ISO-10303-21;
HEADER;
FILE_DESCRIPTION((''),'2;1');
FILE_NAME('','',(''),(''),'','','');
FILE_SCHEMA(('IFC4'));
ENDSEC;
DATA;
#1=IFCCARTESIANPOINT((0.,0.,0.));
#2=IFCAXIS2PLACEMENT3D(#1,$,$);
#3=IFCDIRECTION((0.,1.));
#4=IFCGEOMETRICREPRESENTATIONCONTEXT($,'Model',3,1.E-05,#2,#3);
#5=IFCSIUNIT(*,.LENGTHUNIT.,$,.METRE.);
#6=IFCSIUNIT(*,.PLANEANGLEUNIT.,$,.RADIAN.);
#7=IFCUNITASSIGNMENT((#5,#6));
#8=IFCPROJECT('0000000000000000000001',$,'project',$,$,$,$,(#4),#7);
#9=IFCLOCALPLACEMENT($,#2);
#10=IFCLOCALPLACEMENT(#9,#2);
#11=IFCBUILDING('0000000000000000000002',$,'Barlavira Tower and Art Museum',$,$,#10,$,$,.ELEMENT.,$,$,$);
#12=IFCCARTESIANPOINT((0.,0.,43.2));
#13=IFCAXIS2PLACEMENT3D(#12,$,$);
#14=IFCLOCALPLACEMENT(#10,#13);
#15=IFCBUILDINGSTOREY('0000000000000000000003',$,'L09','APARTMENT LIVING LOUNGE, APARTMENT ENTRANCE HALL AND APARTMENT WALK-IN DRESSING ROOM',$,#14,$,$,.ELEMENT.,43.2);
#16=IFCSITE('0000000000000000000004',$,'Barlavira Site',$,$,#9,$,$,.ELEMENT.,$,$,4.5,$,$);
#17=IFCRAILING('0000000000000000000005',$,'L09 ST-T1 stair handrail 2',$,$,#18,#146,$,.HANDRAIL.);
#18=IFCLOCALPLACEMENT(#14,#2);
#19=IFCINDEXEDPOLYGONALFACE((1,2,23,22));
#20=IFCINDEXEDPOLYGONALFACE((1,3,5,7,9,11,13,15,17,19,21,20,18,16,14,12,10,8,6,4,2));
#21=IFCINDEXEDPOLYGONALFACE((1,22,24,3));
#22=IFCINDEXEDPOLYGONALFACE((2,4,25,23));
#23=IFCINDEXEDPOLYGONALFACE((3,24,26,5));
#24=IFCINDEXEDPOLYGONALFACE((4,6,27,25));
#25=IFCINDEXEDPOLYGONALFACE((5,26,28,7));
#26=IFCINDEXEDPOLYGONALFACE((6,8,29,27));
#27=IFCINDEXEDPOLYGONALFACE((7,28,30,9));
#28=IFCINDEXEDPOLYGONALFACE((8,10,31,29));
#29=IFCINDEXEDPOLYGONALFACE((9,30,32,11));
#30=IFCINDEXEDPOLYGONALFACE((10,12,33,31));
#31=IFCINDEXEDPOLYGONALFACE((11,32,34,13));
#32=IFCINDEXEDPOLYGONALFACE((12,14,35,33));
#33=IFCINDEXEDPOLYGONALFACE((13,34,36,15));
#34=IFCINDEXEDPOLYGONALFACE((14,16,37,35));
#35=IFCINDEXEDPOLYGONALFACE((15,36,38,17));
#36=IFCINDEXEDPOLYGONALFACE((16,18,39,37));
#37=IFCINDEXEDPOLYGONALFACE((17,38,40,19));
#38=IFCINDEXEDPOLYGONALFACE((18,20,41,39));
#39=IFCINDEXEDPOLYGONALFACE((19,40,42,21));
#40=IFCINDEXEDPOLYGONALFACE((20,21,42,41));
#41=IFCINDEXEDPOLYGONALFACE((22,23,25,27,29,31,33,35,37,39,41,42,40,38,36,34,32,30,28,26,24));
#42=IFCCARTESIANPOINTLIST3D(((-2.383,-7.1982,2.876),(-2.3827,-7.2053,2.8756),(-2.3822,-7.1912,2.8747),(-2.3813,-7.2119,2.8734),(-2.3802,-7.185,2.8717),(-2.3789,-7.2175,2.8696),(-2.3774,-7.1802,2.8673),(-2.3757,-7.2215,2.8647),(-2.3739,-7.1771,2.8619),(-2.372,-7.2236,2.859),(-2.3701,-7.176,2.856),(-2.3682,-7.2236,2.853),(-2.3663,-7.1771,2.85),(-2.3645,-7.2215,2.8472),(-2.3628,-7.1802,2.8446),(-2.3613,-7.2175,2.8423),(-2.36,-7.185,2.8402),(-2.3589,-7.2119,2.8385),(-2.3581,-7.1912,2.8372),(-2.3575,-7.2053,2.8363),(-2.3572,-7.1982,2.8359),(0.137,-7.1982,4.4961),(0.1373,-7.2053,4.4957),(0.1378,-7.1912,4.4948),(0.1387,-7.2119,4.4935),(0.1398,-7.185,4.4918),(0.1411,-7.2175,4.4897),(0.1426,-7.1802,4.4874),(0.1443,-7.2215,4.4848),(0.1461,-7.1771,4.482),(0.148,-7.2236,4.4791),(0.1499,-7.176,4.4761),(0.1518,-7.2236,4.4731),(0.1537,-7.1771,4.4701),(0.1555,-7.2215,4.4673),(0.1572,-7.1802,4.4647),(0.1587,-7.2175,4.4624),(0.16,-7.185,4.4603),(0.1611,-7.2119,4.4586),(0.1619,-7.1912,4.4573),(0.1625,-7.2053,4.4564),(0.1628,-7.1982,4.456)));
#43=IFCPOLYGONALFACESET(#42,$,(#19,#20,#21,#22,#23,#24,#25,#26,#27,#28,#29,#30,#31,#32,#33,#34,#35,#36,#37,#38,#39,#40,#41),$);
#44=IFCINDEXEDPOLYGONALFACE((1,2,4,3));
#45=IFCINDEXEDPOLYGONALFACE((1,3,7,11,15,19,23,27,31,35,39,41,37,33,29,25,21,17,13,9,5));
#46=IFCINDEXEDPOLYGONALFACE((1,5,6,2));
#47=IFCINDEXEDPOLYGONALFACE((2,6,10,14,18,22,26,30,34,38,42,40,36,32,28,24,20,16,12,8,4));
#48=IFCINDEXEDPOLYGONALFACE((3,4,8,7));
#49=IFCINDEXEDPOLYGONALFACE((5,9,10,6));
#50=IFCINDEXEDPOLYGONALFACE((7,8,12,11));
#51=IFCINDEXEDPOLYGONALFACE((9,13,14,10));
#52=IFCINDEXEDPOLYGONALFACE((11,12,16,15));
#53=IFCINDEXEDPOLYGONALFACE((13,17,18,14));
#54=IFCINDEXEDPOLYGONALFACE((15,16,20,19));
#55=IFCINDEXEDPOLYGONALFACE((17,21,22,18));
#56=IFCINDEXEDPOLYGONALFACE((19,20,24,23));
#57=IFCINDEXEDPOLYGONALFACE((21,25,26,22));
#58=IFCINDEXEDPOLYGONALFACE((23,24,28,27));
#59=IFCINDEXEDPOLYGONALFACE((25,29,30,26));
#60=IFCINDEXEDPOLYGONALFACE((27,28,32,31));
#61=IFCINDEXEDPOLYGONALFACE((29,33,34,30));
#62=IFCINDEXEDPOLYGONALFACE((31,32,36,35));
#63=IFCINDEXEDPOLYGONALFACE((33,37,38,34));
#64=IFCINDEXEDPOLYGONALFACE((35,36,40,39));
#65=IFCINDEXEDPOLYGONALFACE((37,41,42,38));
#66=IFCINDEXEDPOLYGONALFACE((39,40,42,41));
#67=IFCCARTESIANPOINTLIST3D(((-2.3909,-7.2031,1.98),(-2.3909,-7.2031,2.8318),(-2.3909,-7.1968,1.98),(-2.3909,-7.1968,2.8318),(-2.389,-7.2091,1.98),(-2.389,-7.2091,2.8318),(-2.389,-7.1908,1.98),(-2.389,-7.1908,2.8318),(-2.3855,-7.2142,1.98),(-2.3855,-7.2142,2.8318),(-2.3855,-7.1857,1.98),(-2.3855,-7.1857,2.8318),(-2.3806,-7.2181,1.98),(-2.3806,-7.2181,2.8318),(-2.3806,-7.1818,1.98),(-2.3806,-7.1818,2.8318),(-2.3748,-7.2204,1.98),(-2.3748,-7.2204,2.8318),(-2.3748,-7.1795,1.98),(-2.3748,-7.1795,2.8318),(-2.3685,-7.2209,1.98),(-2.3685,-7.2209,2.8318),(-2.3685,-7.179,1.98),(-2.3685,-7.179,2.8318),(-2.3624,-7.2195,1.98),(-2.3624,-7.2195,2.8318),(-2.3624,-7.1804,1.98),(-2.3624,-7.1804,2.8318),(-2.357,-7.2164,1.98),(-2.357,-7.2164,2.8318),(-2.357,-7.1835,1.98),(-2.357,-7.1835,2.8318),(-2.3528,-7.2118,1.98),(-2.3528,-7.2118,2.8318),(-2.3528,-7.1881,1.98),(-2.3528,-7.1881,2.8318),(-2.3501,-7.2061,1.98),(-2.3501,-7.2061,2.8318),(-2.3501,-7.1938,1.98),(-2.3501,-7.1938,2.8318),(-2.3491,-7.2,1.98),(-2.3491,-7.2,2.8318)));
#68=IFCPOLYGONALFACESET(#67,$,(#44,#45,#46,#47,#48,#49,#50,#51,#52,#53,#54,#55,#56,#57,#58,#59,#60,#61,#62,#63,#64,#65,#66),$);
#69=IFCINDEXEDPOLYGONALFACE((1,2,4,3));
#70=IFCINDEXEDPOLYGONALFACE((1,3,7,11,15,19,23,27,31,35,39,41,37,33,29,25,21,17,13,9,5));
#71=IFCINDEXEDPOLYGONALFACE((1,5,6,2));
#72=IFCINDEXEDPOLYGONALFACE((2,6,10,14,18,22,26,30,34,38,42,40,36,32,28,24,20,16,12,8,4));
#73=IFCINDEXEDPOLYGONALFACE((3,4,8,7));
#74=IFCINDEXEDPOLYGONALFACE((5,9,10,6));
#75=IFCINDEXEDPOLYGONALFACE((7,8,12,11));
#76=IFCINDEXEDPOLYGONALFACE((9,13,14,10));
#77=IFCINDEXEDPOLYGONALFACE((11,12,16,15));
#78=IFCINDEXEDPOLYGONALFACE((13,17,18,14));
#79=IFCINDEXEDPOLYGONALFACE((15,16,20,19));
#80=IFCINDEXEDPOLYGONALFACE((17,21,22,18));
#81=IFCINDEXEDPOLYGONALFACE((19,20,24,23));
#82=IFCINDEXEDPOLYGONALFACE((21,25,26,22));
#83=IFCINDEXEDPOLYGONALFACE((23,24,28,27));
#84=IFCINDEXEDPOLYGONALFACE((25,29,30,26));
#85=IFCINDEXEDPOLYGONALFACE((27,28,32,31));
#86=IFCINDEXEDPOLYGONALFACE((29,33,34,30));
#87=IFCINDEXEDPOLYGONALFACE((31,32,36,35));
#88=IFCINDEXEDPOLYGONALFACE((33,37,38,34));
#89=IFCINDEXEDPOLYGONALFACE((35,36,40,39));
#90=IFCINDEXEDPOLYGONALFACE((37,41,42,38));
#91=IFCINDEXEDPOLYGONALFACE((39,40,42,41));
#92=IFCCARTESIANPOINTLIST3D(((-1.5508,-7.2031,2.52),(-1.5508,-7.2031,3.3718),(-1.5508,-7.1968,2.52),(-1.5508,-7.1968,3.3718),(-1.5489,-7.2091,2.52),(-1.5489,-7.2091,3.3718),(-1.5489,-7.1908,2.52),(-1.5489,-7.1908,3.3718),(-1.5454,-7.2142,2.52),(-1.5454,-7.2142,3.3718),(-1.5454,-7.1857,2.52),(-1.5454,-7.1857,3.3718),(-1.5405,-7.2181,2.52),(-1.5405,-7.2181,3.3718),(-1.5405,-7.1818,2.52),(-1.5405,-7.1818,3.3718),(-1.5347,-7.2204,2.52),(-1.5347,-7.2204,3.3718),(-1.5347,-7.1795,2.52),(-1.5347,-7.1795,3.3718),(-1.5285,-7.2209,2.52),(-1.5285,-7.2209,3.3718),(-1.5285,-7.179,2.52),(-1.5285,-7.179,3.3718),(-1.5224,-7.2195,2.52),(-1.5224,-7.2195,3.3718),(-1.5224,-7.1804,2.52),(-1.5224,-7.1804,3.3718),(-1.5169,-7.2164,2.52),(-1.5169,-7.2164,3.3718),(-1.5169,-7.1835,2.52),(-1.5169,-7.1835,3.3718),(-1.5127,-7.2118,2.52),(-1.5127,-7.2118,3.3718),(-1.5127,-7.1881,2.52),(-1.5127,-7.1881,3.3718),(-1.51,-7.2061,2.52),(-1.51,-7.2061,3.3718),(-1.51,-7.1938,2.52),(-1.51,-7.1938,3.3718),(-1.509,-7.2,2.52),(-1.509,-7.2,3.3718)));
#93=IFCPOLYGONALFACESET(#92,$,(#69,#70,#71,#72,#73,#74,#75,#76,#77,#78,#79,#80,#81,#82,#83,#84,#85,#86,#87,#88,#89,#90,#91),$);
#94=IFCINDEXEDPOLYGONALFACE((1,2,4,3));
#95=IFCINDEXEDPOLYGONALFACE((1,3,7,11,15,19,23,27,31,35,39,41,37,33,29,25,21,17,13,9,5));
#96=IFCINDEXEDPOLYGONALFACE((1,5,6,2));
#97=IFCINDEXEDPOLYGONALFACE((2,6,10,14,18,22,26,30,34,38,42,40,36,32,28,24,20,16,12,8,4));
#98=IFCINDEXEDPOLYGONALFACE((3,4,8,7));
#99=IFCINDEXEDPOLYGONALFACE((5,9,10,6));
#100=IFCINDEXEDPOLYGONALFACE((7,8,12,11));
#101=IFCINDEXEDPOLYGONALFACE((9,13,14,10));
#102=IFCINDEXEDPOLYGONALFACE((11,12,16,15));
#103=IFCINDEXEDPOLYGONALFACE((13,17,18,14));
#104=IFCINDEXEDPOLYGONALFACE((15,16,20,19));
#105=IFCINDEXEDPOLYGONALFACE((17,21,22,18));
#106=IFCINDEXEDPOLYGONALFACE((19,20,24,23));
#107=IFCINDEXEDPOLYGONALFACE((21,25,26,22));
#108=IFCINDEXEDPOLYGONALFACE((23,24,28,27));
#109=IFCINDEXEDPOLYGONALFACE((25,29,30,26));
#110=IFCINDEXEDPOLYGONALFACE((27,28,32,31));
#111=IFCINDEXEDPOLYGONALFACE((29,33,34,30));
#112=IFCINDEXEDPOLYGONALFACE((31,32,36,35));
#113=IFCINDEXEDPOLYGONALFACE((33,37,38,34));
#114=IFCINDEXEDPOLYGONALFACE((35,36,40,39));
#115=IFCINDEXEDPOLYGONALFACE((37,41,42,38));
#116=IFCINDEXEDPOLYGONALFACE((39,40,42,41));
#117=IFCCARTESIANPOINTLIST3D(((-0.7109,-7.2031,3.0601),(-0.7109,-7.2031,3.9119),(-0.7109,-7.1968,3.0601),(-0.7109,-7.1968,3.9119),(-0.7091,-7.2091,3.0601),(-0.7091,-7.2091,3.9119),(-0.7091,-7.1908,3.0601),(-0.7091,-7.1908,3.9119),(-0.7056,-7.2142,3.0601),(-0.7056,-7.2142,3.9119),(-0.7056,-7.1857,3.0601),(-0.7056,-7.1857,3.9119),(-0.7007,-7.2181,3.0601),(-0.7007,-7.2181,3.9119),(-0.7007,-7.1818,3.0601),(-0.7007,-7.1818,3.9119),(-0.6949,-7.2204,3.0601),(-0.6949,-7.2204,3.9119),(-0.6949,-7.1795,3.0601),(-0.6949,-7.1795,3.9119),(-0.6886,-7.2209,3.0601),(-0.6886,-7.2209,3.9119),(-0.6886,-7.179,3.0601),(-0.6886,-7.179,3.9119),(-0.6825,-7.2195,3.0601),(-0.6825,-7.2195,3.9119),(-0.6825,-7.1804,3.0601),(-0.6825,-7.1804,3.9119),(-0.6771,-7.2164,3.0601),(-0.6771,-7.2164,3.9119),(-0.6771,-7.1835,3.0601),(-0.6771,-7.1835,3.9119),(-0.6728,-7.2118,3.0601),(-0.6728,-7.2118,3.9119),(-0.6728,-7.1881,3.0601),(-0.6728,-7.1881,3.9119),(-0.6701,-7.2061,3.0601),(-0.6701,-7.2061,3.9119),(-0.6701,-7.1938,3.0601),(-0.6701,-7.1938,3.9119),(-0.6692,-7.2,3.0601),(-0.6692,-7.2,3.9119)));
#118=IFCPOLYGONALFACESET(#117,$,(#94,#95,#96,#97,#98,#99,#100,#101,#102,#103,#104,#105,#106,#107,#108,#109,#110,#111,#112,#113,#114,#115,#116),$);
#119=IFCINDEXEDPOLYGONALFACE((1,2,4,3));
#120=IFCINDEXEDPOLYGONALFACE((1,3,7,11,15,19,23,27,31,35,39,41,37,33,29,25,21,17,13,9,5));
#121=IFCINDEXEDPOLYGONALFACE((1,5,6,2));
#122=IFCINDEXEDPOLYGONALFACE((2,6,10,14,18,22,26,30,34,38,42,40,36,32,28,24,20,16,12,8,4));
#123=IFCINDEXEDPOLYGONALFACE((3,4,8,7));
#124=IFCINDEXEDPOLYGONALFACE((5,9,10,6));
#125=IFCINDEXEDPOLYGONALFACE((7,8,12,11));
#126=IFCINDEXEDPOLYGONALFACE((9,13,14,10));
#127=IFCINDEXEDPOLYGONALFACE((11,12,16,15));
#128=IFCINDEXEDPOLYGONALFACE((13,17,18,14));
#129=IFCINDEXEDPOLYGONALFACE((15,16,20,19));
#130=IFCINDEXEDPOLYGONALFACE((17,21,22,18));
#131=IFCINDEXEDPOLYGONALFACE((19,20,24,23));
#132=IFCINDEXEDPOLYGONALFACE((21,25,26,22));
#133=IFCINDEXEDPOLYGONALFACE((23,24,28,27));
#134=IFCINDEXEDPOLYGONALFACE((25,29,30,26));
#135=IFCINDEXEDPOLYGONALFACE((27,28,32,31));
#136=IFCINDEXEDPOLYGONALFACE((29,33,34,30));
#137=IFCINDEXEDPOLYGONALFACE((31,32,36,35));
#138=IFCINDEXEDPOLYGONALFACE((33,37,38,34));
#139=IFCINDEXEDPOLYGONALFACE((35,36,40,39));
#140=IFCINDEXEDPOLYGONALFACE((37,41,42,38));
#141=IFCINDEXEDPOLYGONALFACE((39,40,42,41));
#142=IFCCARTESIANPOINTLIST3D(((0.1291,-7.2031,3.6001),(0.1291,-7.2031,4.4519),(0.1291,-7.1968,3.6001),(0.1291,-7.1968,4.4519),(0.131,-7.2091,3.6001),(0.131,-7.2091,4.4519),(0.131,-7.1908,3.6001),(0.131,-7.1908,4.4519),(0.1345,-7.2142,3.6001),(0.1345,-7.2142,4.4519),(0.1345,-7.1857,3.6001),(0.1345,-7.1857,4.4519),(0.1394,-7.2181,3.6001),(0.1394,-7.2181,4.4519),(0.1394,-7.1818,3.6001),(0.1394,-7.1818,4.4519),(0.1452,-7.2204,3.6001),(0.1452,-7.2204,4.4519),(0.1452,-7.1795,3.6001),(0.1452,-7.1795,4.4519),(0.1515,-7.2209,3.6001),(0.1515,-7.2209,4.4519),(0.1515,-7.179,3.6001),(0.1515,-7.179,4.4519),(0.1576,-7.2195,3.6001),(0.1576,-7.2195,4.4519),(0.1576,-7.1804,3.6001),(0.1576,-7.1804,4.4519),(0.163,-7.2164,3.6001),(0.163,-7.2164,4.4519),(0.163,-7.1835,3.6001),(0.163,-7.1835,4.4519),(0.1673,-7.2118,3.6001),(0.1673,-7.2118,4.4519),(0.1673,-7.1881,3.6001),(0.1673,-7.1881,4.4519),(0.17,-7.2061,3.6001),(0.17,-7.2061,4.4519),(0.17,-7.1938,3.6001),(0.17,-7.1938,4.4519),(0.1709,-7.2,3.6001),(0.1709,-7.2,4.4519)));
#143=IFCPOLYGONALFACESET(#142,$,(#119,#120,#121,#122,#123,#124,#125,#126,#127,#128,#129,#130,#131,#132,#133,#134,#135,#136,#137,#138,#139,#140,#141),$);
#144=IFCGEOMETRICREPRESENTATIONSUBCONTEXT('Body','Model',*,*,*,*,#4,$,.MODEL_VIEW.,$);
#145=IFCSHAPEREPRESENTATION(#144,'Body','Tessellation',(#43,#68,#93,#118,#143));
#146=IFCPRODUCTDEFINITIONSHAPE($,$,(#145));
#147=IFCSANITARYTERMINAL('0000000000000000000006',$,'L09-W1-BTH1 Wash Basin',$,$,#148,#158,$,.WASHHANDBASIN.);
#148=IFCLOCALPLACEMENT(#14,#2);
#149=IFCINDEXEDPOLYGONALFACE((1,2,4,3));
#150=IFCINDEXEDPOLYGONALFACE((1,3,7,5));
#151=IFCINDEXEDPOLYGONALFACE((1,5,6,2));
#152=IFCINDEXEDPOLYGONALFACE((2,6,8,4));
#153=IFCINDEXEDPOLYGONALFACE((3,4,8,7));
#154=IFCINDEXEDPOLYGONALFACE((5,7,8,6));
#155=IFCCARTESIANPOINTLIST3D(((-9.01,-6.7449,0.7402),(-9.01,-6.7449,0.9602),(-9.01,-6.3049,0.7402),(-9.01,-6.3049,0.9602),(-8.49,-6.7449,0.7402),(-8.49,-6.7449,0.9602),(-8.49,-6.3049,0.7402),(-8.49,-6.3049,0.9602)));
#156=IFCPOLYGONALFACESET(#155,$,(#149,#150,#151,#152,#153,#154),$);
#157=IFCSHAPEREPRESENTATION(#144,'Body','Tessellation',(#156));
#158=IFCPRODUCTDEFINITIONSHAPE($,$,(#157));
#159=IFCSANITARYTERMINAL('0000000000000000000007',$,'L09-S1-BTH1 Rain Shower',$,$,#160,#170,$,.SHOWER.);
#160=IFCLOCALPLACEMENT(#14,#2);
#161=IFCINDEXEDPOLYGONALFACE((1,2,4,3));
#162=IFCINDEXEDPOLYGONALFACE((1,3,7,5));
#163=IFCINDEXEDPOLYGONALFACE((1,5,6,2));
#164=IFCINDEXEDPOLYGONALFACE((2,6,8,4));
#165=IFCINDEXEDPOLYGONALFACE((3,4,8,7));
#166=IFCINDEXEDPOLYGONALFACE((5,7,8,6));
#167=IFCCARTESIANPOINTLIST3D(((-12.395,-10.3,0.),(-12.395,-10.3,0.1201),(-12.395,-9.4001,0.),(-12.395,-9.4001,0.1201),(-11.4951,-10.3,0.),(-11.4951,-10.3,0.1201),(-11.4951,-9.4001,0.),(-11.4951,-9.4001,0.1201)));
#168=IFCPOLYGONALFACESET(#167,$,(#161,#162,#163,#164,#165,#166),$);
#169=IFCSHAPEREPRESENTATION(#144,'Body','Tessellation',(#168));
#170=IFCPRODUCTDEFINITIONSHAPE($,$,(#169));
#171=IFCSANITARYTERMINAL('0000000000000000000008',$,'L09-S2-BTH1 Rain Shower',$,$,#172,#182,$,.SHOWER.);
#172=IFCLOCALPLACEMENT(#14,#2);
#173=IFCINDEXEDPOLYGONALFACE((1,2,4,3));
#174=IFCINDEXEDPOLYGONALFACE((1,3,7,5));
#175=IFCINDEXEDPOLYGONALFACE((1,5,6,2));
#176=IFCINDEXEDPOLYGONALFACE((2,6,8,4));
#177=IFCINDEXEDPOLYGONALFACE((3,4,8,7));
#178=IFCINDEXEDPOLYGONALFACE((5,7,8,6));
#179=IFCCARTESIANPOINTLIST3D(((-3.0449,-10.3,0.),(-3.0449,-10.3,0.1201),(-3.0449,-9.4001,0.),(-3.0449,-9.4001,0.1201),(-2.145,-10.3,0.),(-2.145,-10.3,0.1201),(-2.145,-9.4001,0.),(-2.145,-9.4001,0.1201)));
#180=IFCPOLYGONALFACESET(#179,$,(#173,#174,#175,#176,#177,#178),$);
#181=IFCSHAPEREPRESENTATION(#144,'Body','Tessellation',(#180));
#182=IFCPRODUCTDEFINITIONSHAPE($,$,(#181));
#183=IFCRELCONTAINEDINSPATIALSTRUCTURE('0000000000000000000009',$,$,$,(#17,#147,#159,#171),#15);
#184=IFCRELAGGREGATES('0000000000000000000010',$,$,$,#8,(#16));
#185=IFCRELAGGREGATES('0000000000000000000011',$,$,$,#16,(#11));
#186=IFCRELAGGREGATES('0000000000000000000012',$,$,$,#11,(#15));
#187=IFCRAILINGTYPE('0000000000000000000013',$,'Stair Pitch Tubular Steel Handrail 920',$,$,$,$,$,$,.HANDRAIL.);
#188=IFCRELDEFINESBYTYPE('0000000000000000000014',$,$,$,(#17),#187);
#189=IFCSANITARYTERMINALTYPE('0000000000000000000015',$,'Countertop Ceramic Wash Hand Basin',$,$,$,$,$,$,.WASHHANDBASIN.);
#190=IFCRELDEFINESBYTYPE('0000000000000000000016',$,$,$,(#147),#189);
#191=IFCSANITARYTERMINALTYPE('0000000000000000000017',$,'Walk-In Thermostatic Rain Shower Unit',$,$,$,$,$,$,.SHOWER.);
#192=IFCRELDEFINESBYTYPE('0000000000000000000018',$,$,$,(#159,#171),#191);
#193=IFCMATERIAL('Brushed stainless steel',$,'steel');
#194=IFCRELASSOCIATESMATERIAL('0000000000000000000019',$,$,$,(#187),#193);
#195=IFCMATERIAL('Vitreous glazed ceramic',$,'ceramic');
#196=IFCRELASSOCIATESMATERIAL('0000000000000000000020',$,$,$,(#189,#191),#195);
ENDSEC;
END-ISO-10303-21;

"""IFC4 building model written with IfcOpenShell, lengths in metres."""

from ifc_helpers import new_model, si_unit, direction, frame, origin, origin_2d, place, context, subcontext, project, spatial, rectangle, circle, extrude, material, type_object, element, save


model = new_model("IFC4")

# Units and contexts
model_context = context("Model", 3, precision=1e-05, world=origin(), true_north=direction((0.0, 1.0)))
body_context = subcontext(model_context, "Body", "Model", "MODEL_VIEW")
ifc_project = project(units=[si_unit("LENGTHUNIT", "METRE"), si_unit("PLANEANGLEUNIT", "RADIAN")], contexts=[model_context])

# Site, building, storey
site_placement = place(None, origin())
site = spatial("IfcSite", under=ifc_project, at=site_placement, Name="Barlavira Site", CompositionType="ELEMENT", RefElevation=4.5)
building_placement = place(site_placement, origin())
building = spatial("IfcBuilding", under=site, at=building_placement, Name="Barlavira Tower and Art Museum", CompositionType="ELEMENT")
storey_placement = place(building_placement, frame((0.0, 0.0, 43.2)))
storey = spatial("IfcBuildingStorey", under=building, at=storey_placement, Name="L09", Description="APARTMENT LIVING LOUNGE, APARTMENT ENTRANCE HALL AND APARTMENT WALK-IN DRESSING ROOM", CompositionType="ELEMENT", Elevation=43.2)

# Shared definitions
ifc_material_1 = material(Name="Brushed stainless steel", Category="steel")

# Railing
railing_type_1 = type_object("IfcRailingType", Name="Stair Pitch Tubular Steel Handrail 920", PredefinedType="HANDRAIL", material=ifc_material_1)
railing_1_placement = place(storey_placement, frame((-2.3701, -7.2, 1.98)))
element("IfcRailing", 1, at=railing_1_placement, inside=storey, type_object=railing_type_1, Name="L09 ST-T1 stair handrail 2", PredefinedType="HANDRAIL", context=body_context, shape_type="SweptSolid", body=[
    extrude(circle(Radius=0.0239, at=origin_2d()), frame((0.0, 0.0, 0.876), z_axis=(0.841163, 0.0, 0.540782), x_axis=(0.0, 1.0, 0.0)), (0.0, 0.0, 1.0), 2.9958),
    extrude(circle(Radius=0.021, at=origin_2d()), origin(), (0.0, 0.0, 1.0), 0.8518),
    extrude(circle(Radius=0.021, at=origin_2d()), frame((0.8401, 0.0, 0.54)), (0.0, 0.0, 1.0), 0.8518),
    extrude(circle(Radius=0.021, at=origin_2d()), frame((1.6799, 0.0, 1.0801)), (0.0, 0.0, 1.0), 0.8518),
    extrude(circle(Radius=0.021, at=origin_2d()), frame((2.52, 0.0, 1.6201)), (0.0, 0.0, 1.0), 0.8518),
])

# Sanitary terminals
ifc_material_2 = material(Name="Vitreous glazed ceramic", Category="ceramic")
sanitary_terminal_type_1 = type_object("IfcSanitaryTerminalType", Name="Countertop Ceramic Wash Hand Basin", PredefinedType="WASHHANDBASIN", material=ifc_material_2)
sanitary_terminal_placement = place(storey_placement, frame((-8.75, -6.5249, 0.7402), z_axis=(0.0, 0.0, 1.0), x_axis=(1.0, 0.0, 0.0)))
element("IfcSanitaryTerminal", 2, at=sanitary_terminal_placement, inside=storey, type_object=sanitary_terminal_type_1, Name="L09-W1-BTH1 Wash Basin", PredefinedType="WASHHANDBASIN", context=body_context, shape_type="SweptSolid", body=[
    extrude(rectangle(XDim=0.52, YDim=0.4399, at=origin_2d()), origin(), (0.0, 0.0, 1.0), 0.22),
])
sanitary_terminal_type_2 = type_object("IfcSanitaryTerminalType", Name="Walk-In Thermostatic Rain Shower Unit", PredefinedType="SHOWER", material=ifc_material_2)
for number, where, z_axis, x_axis, name in (
    (3, (-11.9451, -9.8501, 0.0), (0.0, 0.0, 1.0), (1.0, 0.0, 0.0), "L09-S1-BTH1 Rain Shower"),
    (4, (-2.595, -9.8501, 0.0), (0.0, 0.0, 1.0), (1.0, 0.0, 0.0), "L09-S2-BTH1 Rain Shower"),
):
    element("IfcSanitaryTerminal", number, at=place(storey_placement, frame(where, z_axis=z_axis, x_axis=x_axis)), inside=storey, type_object=sanitary_terminal_type_2, Name=name, PredefinedType="SHOWER", context=body_context, shape_type="SweptSolid", body=[
        extrude(rectangle(XDim=0.8999, YDim=0.8999, at=origin_2d()), origin(), (0.0, 0.0, 1.0), 0.1201),
    ])

save(model, "model.ifc")
